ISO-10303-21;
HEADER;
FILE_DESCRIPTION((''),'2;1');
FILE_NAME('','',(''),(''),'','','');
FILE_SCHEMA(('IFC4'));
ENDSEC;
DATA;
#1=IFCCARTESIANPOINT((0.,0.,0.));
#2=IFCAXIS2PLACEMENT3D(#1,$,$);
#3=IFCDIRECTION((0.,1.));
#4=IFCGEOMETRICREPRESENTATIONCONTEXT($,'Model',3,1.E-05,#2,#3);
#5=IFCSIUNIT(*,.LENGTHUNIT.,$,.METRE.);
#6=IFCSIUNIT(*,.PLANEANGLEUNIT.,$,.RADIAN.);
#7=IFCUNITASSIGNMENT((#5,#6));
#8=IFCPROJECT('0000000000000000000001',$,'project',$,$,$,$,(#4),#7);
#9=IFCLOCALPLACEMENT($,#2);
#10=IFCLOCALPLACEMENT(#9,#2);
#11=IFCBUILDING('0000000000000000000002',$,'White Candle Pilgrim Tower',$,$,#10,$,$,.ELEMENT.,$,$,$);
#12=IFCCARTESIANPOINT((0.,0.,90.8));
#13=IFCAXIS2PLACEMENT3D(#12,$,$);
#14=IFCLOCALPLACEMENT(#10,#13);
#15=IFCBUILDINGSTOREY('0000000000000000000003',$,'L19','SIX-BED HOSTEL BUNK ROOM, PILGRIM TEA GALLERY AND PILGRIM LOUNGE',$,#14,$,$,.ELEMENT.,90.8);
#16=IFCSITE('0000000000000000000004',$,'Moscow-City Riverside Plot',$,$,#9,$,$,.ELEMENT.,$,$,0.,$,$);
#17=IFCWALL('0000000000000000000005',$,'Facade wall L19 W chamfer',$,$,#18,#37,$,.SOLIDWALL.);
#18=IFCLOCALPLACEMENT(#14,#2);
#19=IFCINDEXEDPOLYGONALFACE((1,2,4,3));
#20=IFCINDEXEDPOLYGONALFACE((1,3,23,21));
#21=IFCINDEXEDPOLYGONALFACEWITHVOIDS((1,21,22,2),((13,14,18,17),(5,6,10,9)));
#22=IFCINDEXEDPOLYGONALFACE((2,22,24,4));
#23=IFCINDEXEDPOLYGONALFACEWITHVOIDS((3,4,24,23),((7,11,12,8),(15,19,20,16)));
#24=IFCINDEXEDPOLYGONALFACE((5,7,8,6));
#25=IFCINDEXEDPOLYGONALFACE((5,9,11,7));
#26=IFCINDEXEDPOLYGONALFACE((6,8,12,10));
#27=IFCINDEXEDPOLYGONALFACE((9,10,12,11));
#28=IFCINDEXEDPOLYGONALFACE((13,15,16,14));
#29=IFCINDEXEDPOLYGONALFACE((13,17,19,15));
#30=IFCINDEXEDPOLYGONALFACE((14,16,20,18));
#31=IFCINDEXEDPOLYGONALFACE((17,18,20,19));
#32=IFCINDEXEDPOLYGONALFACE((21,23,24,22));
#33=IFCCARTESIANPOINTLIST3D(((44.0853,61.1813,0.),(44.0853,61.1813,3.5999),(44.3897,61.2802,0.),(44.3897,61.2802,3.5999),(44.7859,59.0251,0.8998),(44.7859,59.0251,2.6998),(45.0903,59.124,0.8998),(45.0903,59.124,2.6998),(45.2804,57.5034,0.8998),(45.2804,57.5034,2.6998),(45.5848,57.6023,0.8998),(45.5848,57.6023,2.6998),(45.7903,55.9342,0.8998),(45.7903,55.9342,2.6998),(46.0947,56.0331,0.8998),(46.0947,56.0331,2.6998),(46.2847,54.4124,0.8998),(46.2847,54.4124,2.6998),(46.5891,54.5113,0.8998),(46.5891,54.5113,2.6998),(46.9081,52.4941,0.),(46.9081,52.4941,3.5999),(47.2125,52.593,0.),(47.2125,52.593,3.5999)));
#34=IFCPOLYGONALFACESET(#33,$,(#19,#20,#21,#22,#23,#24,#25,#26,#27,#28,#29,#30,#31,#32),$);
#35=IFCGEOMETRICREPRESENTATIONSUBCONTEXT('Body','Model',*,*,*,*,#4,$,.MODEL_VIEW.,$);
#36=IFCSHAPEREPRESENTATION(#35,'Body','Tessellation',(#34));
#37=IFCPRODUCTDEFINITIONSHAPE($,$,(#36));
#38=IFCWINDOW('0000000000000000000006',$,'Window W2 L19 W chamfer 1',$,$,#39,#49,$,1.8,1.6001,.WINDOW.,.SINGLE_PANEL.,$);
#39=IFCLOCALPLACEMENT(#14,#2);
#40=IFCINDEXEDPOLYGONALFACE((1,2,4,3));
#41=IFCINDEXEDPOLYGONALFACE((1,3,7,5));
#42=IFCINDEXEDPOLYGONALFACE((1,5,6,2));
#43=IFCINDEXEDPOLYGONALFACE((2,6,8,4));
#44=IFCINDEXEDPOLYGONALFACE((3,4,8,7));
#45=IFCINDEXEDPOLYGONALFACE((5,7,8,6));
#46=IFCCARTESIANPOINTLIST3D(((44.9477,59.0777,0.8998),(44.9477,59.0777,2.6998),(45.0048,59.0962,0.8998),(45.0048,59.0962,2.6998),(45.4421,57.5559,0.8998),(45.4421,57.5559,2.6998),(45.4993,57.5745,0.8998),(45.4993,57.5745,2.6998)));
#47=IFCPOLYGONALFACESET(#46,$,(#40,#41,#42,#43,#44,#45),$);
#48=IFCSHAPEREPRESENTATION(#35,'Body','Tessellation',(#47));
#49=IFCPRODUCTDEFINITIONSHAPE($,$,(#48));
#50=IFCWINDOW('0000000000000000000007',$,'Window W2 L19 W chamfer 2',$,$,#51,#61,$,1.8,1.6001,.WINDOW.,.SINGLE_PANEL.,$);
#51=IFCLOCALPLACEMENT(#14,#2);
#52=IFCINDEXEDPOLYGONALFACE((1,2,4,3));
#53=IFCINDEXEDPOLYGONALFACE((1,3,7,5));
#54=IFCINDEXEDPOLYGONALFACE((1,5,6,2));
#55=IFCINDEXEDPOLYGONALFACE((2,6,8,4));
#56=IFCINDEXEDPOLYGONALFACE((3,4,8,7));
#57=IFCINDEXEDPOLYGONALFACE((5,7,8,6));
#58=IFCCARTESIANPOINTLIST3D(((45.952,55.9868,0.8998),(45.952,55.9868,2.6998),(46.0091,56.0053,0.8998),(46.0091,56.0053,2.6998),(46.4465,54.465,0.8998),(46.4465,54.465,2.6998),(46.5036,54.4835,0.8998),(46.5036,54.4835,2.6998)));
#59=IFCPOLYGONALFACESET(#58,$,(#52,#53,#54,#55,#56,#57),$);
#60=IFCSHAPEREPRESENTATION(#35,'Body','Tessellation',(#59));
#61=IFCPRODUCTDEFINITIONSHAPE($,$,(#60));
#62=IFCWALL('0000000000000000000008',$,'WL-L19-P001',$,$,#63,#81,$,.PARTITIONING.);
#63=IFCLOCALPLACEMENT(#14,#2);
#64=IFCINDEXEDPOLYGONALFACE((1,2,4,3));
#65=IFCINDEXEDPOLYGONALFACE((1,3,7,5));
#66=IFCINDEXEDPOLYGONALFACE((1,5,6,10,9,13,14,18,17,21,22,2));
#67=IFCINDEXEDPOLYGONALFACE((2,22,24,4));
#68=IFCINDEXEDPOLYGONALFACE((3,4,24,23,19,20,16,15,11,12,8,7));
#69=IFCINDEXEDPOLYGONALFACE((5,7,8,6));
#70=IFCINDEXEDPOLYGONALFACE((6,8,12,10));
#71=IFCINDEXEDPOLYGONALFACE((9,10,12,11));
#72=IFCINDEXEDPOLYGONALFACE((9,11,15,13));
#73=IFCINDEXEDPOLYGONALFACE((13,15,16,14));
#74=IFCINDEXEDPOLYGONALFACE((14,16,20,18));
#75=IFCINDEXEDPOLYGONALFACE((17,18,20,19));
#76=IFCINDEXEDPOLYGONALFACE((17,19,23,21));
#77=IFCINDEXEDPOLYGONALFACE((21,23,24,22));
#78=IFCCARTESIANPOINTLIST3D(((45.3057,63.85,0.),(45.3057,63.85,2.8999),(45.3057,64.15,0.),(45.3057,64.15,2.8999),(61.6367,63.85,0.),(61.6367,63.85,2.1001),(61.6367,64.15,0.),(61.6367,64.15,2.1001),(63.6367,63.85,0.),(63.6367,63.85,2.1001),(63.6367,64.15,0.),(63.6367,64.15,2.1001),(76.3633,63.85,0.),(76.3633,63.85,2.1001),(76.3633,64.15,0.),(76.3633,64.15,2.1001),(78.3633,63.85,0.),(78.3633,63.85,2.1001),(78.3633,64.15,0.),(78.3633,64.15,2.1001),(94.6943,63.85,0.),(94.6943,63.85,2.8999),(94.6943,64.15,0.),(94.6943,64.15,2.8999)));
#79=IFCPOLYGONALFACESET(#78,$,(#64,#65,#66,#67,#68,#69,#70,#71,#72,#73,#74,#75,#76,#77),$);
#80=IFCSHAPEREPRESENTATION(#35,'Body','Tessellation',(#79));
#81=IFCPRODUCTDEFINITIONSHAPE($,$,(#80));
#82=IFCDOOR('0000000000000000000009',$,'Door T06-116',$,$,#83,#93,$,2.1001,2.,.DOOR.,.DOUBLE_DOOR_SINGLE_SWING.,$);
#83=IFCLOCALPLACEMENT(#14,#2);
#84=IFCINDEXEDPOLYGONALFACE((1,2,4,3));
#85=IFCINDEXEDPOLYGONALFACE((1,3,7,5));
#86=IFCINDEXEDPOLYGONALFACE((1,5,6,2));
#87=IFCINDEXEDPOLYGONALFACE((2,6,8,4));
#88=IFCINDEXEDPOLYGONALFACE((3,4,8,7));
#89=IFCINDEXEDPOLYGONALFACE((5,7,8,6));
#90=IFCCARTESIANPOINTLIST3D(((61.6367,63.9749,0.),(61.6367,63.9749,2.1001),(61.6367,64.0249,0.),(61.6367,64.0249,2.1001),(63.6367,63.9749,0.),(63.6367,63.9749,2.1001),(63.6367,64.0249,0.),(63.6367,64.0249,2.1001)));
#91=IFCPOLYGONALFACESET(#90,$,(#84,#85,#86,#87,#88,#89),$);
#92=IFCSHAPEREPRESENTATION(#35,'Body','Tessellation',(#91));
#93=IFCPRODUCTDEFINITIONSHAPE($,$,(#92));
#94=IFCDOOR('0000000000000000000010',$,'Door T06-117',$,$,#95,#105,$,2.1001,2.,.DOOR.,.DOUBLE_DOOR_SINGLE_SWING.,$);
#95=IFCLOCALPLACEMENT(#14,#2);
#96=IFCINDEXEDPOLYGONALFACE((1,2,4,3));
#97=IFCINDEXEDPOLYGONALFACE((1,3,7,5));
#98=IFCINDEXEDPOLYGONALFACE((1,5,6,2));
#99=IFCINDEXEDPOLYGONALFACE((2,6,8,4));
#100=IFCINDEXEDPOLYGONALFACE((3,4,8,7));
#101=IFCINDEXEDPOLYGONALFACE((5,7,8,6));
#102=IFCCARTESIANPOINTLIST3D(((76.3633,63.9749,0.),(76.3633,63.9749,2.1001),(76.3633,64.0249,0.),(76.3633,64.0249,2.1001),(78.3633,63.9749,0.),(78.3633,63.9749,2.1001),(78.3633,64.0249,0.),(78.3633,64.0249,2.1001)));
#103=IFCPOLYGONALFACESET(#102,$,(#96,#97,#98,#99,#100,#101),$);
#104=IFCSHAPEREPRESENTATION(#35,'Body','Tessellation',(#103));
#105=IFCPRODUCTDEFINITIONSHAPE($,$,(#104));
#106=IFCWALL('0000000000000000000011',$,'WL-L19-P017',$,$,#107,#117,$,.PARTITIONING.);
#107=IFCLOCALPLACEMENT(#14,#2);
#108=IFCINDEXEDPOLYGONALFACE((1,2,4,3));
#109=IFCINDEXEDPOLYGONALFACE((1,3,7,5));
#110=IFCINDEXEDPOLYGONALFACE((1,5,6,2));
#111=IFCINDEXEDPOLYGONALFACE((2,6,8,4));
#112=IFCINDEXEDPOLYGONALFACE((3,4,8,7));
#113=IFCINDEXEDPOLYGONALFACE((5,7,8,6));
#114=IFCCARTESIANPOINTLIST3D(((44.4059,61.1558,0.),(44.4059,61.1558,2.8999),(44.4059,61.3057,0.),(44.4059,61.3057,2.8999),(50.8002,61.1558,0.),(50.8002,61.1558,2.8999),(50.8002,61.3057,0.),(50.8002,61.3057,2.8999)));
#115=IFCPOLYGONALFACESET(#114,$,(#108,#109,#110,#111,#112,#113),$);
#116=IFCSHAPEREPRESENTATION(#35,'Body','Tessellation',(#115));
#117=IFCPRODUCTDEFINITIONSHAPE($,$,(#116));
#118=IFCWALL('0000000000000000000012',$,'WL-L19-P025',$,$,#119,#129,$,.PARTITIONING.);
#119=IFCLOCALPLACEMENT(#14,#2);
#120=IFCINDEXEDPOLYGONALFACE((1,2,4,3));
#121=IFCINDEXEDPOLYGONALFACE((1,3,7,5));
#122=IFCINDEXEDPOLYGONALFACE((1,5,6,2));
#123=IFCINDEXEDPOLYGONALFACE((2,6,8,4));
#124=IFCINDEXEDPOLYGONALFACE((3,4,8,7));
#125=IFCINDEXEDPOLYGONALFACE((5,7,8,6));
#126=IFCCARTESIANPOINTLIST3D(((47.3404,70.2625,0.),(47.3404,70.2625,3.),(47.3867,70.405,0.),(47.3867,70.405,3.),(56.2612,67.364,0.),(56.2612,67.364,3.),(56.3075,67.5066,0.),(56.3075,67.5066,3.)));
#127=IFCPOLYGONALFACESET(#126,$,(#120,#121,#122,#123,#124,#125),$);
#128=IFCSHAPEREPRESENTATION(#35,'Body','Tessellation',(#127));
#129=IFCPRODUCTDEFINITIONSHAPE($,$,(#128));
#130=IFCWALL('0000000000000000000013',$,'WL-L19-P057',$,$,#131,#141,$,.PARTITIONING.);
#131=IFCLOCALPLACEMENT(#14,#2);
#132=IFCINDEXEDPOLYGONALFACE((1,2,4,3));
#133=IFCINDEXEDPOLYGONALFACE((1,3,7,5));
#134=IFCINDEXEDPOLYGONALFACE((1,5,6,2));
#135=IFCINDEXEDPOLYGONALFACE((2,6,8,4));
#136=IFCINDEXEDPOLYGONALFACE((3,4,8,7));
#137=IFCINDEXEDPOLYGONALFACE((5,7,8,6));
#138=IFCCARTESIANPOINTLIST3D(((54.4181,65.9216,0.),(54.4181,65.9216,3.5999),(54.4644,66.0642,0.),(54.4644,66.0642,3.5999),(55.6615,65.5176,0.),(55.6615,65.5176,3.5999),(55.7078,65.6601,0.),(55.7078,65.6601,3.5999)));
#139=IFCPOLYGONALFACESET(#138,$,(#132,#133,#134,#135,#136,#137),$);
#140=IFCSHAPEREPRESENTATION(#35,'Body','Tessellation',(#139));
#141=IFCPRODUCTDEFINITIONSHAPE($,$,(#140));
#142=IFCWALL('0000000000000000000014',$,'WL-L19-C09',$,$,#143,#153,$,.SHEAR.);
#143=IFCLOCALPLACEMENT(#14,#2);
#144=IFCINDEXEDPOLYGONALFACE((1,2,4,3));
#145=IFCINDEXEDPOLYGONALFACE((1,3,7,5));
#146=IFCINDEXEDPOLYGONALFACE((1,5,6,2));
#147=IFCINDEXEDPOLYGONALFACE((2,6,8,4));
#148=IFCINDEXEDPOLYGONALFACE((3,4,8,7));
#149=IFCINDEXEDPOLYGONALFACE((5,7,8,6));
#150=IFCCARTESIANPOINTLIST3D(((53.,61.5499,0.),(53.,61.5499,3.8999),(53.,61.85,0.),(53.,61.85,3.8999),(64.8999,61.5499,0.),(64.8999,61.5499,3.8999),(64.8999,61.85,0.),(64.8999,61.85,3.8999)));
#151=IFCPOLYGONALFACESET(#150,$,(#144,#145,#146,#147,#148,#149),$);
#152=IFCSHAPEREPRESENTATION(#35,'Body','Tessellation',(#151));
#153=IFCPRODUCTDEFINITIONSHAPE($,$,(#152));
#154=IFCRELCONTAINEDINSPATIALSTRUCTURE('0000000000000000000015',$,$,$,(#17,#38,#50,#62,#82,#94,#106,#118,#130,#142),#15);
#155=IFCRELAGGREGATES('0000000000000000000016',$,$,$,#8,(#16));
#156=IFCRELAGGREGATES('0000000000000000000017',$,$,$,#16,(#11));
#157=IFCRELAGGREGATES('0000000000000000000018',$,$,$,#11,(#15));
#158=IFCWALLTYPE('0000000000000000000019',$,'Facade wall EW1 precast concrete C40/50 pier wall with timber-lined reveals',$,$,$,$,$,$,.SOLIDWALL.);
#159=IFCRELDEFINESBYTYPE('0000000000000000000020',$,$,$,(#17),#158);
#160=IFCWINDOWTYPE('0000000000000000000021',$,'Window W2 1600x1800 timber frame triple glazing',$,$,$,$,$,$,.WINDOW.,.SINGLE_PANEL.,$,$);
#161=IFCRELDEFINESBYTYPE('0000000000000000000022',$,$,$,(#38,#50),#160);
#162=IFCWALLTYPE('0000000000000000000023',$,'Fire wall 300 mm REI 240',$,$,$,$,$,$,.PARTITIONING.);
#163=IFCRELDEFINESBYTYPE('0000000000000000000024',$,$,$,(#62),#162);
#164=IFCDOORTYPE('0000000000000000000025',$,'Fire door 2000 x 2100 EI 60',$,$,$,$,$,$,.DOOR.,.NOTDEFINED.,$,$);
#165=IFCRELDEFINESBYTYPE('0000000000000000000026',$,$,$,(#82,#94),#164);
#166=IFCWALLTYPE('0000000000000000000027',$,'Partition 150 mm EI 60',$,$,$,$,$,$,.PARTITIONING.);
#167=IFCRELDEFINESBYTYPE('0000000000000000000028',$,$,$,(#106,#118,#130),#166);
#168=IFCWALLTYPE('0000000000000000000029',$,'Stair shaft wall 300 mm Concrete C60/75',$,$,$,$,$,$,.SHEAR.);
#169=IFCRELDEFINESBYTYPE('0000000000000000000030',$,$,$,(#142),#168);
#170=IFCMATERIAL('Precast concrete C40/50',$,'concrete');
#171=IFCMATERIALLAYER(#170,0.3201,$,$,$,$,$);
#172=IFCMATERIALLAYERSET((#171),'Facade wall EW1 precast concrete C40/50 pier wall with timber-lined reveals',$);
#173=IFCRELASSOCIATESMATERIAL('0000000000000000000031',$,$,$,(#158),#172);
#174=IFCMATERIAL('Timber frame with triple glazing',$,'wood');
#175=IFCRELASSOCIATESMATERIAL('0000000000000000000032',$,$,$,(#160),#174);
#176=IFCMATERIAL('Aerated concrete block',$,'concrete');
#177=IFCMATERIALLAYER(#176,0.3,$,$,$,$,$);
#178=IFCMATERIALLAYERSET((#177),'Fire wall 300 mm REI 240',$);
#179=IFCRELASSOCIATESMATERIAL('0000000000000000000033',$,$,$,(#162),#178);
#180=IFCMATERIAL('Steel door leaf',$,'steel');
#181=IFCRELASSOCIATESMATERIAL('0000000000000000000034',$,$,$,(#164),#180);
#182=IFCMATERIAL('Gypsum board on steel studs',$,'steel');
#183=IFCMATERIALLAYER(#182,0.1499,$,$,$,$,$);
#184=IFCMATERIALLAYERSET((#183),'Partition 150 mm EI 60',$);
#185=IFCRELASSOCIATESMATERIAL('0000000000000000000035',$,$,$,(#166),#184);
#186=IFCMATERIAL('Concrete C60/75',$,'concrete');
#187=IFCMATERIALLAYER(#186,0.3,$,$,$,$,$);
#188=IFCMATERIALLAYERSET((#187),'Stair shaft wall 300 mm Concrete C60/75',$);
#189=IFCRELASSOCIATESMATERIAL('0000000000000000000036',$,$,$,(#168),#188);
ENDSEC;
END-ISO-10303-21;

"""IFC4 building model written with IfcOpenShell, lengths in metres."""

from ifc_helpers import new_model, si_unit, direction, frame, frame_2d, origin, place, context, subcontext, project, spatial, rectangle, extrude, material, layer, layer_set, type_object, element, fill, save


model = new_model("IFC4")

# Units and contexts
model_context = context("Model", 3, precision=1e-05, world=origin(), true_north=direction((0.0, 1.0)))
body_context = subcontext(model_context, "Body", "Model", "MODEL_VIEW")
ifc_project = project(units=[si_unit("LENGTHUNIT", "METRE"), si_unit("PLANEANGLEUNIT", "RADIAN")], contexts=[model_context])

# Site, building, storey
site_placement = place(None, origin())
site = spatial("IfcSite", under=ifc_project, at=site_placement, Name="Moscow-City Riverside Plot", CompositionType="ELEMENT", RefElevation=0.0)
building_placement = place(site_placement, origin())
building = spatial("IfcBuilding", under=site, at=building_placement, Name="White Candle Pilgrim Tower", CompositionType="ELEMENT")
storey_placement = place(building_placement, frame((0.0, 0.0, 90.8)))
storey = spatial("IfcBuildingStorey", under=building, at=storey_placement, Name="L19", Description="SIX-BED HOSTEL BUNK ROOM, PILGRIM TEA GALLERY AND PILGRIM LOUNGE", CompositionType="ELEMENT", Elevation=90.8)

# Shared definitions
ifc_material_1 = material(Name="Gypsum board on steel studs", Category="steel")
ifc_material_2 = material(Name="Steel door leaf", Category="steel")

# Wall, openings, windows
ifc_material_3 = material(Name="Precast concrete C40/50", Category="concrete")
ifc_layer_1 = layer(ifc_material_3, 0.3201)
ifc_layer_set_1 = layer_set([ifc_layer_1], Name="Facade wall EW1 precast concrete C40/50 pier wall with timber-lined reveals")
wall_type_1 = type_object("IfcWallType", Name="Facade wall EW1 precast concrete C40/50 pier wall with timber-lined reveals", PredefinedType="SOLIDWALL", material=ifc_layer_set_1)
wall_1_placement = place(storey_placement, frame((44.2375, 61.2307, 0.0), z_axis=(0.0, 0.0, 1.0), x_axis=(0.309026, -0.951054, 0.0)))
wall_1 = element("IfcWall", 1, at=wall_1_placement, inside=storey, type_object=wall_type_1, Name="Facade wall L19 W chamfer", PredefinedType="SOLIDWALL", context=body_context, shape_type="SweptSolid", body=[
    extrude(rectangle(XDim=9.1343, YDim=0.3201, at=frame_2d((4.5671, 0.0))), origin(), (0.0, 0.0, 1.0), 3.5999),
])
opening_1_placement = place(wall_1_placement, frame((2.2671, 0.0, 0.8999)))
opening_1 = element("IfcOpeningElement", 2, at=opening_1_placement, cuts=wall_1, PredefinedType="OPENING", context=body_context, shape_type="SweptSolid", body=[
    extrude(rectangle(XDim=1.6001, YDim=1.8, at=frame_2d((0.8, 0.8999))), frame((0.0, 0.1699, 0.0), z_axis=(0.0, -1.0, 0.0), x_axis=(1.0, 0.0, 0.0)), (0.0, 0.0, 1.0), 0.3401),
])
opening_2_placement = place(wall_1_placement, frame((5.5171, 0.0, 0.8999)))
opening_2 = element("IfcOpeningElement", 3, at=opening_2_placement, cuts=wall_1, PredefinedType="OPENING", context=body_context, shape_type="SweptSolid", body=[
    extrude(rectangle(XDim=1.6001, YDim=1.8, at=frame_2d((0.8, 0.8999))), frame((0.0, 0.1699, 0.0), z_axis=(0.0, -1.0, 0.0), x_axis=(1.0, 0.0, 0.0)), (0.0, 0.0, 1.0), 0.3401),
])
ifc_material_4 = material(Name="Timber frame with triple glazing", Category="wood")
window_type = type_object("IfcWindowType", Name="Window W2 1600x1800 timber frame triple glazing", PartitioningType="SINGLE_PANEL", PredefinedType="WINDOW", material=ifc_material_4)
window_1_placement = place(opening_1_placement, origin())
window_1 = element("IfcWindow", 4, at=window_1_placement, inside=storey, type_object=window_type, Name="Window W2 L19 W chamfer 1", OverallHeight=1.8, OverallWidth=1.6001, PartitioningType="SINGLE_PANEL", PredefinedType="WINDOW", context=body_context, shape_type="SweptSolid", body=[
    extrude(rectangle(XDim=1.6001, YDim=1.8, at=frame_2d((0.8, 0.8999))), frame((0.0, 0.0701, 0.0), z_axis=(0.0, -1.0, 0.0), x_axis=(1.0, 0.0, 0.0)), (0.0, 0.0, 1.0), 0.0601),
])
fill(opening_1, window_1)
window_2_placement = place(opening_2_placement, origin())
window_2 = element("IfcWindow", 5, at=window_2_placement, inside=storey, type_object=window_type, Name="Window W2 L19 W chamfer 2", OverallHeight=1.8, OverallWidth=1.6001, PartitioningType="SINGLE_PANEL", PredefinedType="WINDOW", context=body_context, shape_type="SweptSolid", body=[
    extrude(rectangle(XDim=1.6001, YDim=1.8, at=frame_2d((0.8, 0.8999))), frame((0.0, 0.0701, 0.0), z_axis=(0.0, -1.0, 0.0), x_axis=(1.0, 0.0, 0.0)), (0.0, 0.0, 1.0), 0.0601),
])
fill(opening_2, window_2)

# Wall, openings, doors
ifc_material_5 = material(Name="Aerated concrete block", Category="concrete")
ifc_layer_2 = layer(ifc_material_5, 0.3)
ifc_layer_set_2 = layer_set([ifc_layer_2], Name="Fire wall 300 mm REI 240")
wall_type_2 = type_object("IfcWallType", Name="Fire wall 300 mm REI 240", PredefinedType="PARTITIONING", material=ifc_layer_set_2)
wall_2_placement = place(storey_placement, frame((45.3057, 64.0, 0.0), z_axis=(0.0, 0.0, 1.0), x_axis=(1.0, 0.0, 0.0)))
wall_2 = element("IfcWall", 6, at=wall_2_placement, inside=storey, type_object=wall_type_2, Name="WL-L19-P001", PredefinedType="PARTITIONING", context=body_context, shape_type="SweptSolid", body=[
    extrude(rectangle(XDim=49.3887, YDim=0.3, at=frame_2d((24.6943, 0.0))), origin(), (0.0, 0.0, 1.0), 2.8999),
])
opening_3_placement = place(wall_2_placement, frame((16.3311, 0.0, 0.0)))
opening_3 = element("IfcOpeningElement", 7, at=opening_3_placement, cuts=wall_2, PredefinedType="OPENING", context=body_context, shape_type="SweptSolid", body=[
    extrude(rectangle(XDim=2.0, YDim=2.1001, at=frame_2d((1.0, 1.05))), frame((0.0, 0.1599, 0.0), z_axis=(0.0, -1.0, 0.0), x_axis=(1.0, 0.0, 0.0)), (0.0, 0.0, 1.0), 0.3201),
])
opening_4_placement = place(wall_2_placement, frame((31.0576, 0.0, 0.0)))
opening_4 = element("IfcOpeningElement", 8, at=opening_4_placement, cuts=wall_2, PredefinedType="OPENING", context=body_context, shape_type="SweptSolid", body=[
    extrude(rectangle(XDim=2.0, YDim=2.1001, at=frame_2d((1.0, 1.05))), frame((0.0, 0.1599, 0.0), z_axis=(0.0, -1.0, 0.0), x_axis=(1.0, 0.0, 0.0)), (0.0, 0.0, 1.0), 0.3201),
])
door_type_1 = type_object("IfcDoorType", Name="Fire door 2000 x 2100 EI 60", OperationType="NOTDEFINED", PredefinedType="DOOR", material=ifc_material_2)
door_1_placement = place(opening_3_placement, origin())
door_1 = element("IfcDoor", 9, at=door_1_placement, inside=storey, type_object=door_type_1, Name="Door T06-116", OperationType="DOUBLE_DOOR_SINGLE_SWING", OverallHeight=2.1001, OverallWidth=2.0, PredefinedType="DOOR", context=body_context, shape_type="SweptSolid", body=[
    extrude(rectangle(XDim=2.0, YDim=2.1001, at=frame_2d((1.0, 1.05))), frame((0.0, 0.0249, 0.0), z_axis=(0.0, -1.0, 0.0), x_axis=(1.0, 0.0, 0.0)), (0.0, 0.0, 1.0), 0.05),
])
fill(opening_3, door_1)
door_2_placement = place(opening_4_placement, origin())
door_2 = element("IfcDoor", 10, at=door_2_placement, inside=storey, type_object=door_type_1, Name="Door T06-117", OperationType="DOUBLE_DOOR_SINGLE_SWING", OverallHeight=2.1001, OverallWidth=2.0, PredefinedType="DOOR", context=body_context, shape_type="SweptSolid", body=[
    extrude(rectangle(XDim=2.0, YDim=2.1001, at=frame_2d((1.0, 1.05))), frame((0.0, 0.0249, 0.0), z_axis=(0.0, -1.0, 0.0), x_axis=(1.0, 0.0, 0.0)), (0.0, 0.0, 1.0), 0.05),
])
fill(opening_4, door_2)

# Walls
ifc_layer_3 = layer(ifc_material_1, 0.1499)
ifc_layer_set_3 = layer_set([ifc_layer_3], Name="Partition 150 mm EI 60")
wall_type_3 = type_object("IfcWallType", Name="Partition 150 mm EI 60", PredefinedType="PARTITIONING", material=ifc_layer_set_3)
wall_3_placement = place(storey_placement, frame((44.4058, 61.2307, 0.0), z_axis=(0.0, 0.0, 1.0), x_axis=(1.0, 0.0, 0.0)))
element("IfcWall", 11, at=wall_3_placement, inside=storey, type_object=wall_type_3, Name="WL-L19-P017", PredefinedType="PARTITIONING", context=body_context, shape_type="SweptSolid", body=[
    extrude(rectangle(XDim=6.3943, YDim=0.1499, at=frame_2d((3.1973, 0.0))), origin(), (0.0, 0.0, 1.0), 2.8999),
])
wall_4_placement = place(storey_placement, frame((47.3635, 70.3337, 0.0), z_axis=(0.0, 0.0, 1.0), x_axis=(0.951061, -0.309004, 0.0)))
element("IfcWall", 12, at=wall_4_placement, inside=storey, type_object=wall_type_3, Name="WL-L19-P025", PredefinedType="PARTITIONING", context=body_context, shape_type="SweptSolid", body=[
    extrude(rectangle(XDim=9.3799, YDim=0.1499, at=frame_2d((4.6899, 0.0))), origin(), (0.0, 0.0, 1.0), 3.0),
])
wall_5_placement = place(storey_placement, frame((54.4412, 65.9929, 0.0), z_axis=(0.0, 0.0, 1.0), x_axis=(0.951046, -0.309048, 0.0)))
element("IfcWall", 13, at=wall_5_placement, inside=storey, type_object=wall_type_3, Name="WL-L19-P057", PredefinedType="PARTITIONING", context=body_context, shape_type="SweptSolid", body=[
    extrude(rectangle(XDim=1.3074, YDim=0.1499, at=frame_2d((0.6538, 0.0))), origin(), (0.0, 0.0, 1.0), 3.5999),
])
ifc_material_6 = material(Name="Concrete C60/75", Category="concrete")
ifc_layer_4 = layer(ifc_material_6, 0.3)
ifc_layer_set_4 = layer_set([ifc_layer_4], Name="Stair shaft wall 300 mm Concrete C60/75")
wall_type_4 = type_object("IfcWallType", Name="Stair shaft wall 300 mm Concrete C60/75", PredefinedType="SHEAR", material=ifc_layer_set_4)
wall_6_placement = place(storey_placement, frame((53.0, 61.7, 0.0), z_axis=(0.0, 0.0, 1.0), x_axis=(1.0, 0.0, 0.0)))
element("IfcWall", 14, at=wall_6_placement, inside=storey, type_object=wall_type_4, Name="WL-L19-C09", PredefinedType="SHEAR", context=body_context, shape_type="SweptSolid", body=[
    extrude(rectangle(XDim=11.8999, YDim=0.3, at=frame_2d((5.95, 0.0))), origin(), (0.0, 0.0, 1.0), 3.8999),
])

save(model, "model.ifc")
